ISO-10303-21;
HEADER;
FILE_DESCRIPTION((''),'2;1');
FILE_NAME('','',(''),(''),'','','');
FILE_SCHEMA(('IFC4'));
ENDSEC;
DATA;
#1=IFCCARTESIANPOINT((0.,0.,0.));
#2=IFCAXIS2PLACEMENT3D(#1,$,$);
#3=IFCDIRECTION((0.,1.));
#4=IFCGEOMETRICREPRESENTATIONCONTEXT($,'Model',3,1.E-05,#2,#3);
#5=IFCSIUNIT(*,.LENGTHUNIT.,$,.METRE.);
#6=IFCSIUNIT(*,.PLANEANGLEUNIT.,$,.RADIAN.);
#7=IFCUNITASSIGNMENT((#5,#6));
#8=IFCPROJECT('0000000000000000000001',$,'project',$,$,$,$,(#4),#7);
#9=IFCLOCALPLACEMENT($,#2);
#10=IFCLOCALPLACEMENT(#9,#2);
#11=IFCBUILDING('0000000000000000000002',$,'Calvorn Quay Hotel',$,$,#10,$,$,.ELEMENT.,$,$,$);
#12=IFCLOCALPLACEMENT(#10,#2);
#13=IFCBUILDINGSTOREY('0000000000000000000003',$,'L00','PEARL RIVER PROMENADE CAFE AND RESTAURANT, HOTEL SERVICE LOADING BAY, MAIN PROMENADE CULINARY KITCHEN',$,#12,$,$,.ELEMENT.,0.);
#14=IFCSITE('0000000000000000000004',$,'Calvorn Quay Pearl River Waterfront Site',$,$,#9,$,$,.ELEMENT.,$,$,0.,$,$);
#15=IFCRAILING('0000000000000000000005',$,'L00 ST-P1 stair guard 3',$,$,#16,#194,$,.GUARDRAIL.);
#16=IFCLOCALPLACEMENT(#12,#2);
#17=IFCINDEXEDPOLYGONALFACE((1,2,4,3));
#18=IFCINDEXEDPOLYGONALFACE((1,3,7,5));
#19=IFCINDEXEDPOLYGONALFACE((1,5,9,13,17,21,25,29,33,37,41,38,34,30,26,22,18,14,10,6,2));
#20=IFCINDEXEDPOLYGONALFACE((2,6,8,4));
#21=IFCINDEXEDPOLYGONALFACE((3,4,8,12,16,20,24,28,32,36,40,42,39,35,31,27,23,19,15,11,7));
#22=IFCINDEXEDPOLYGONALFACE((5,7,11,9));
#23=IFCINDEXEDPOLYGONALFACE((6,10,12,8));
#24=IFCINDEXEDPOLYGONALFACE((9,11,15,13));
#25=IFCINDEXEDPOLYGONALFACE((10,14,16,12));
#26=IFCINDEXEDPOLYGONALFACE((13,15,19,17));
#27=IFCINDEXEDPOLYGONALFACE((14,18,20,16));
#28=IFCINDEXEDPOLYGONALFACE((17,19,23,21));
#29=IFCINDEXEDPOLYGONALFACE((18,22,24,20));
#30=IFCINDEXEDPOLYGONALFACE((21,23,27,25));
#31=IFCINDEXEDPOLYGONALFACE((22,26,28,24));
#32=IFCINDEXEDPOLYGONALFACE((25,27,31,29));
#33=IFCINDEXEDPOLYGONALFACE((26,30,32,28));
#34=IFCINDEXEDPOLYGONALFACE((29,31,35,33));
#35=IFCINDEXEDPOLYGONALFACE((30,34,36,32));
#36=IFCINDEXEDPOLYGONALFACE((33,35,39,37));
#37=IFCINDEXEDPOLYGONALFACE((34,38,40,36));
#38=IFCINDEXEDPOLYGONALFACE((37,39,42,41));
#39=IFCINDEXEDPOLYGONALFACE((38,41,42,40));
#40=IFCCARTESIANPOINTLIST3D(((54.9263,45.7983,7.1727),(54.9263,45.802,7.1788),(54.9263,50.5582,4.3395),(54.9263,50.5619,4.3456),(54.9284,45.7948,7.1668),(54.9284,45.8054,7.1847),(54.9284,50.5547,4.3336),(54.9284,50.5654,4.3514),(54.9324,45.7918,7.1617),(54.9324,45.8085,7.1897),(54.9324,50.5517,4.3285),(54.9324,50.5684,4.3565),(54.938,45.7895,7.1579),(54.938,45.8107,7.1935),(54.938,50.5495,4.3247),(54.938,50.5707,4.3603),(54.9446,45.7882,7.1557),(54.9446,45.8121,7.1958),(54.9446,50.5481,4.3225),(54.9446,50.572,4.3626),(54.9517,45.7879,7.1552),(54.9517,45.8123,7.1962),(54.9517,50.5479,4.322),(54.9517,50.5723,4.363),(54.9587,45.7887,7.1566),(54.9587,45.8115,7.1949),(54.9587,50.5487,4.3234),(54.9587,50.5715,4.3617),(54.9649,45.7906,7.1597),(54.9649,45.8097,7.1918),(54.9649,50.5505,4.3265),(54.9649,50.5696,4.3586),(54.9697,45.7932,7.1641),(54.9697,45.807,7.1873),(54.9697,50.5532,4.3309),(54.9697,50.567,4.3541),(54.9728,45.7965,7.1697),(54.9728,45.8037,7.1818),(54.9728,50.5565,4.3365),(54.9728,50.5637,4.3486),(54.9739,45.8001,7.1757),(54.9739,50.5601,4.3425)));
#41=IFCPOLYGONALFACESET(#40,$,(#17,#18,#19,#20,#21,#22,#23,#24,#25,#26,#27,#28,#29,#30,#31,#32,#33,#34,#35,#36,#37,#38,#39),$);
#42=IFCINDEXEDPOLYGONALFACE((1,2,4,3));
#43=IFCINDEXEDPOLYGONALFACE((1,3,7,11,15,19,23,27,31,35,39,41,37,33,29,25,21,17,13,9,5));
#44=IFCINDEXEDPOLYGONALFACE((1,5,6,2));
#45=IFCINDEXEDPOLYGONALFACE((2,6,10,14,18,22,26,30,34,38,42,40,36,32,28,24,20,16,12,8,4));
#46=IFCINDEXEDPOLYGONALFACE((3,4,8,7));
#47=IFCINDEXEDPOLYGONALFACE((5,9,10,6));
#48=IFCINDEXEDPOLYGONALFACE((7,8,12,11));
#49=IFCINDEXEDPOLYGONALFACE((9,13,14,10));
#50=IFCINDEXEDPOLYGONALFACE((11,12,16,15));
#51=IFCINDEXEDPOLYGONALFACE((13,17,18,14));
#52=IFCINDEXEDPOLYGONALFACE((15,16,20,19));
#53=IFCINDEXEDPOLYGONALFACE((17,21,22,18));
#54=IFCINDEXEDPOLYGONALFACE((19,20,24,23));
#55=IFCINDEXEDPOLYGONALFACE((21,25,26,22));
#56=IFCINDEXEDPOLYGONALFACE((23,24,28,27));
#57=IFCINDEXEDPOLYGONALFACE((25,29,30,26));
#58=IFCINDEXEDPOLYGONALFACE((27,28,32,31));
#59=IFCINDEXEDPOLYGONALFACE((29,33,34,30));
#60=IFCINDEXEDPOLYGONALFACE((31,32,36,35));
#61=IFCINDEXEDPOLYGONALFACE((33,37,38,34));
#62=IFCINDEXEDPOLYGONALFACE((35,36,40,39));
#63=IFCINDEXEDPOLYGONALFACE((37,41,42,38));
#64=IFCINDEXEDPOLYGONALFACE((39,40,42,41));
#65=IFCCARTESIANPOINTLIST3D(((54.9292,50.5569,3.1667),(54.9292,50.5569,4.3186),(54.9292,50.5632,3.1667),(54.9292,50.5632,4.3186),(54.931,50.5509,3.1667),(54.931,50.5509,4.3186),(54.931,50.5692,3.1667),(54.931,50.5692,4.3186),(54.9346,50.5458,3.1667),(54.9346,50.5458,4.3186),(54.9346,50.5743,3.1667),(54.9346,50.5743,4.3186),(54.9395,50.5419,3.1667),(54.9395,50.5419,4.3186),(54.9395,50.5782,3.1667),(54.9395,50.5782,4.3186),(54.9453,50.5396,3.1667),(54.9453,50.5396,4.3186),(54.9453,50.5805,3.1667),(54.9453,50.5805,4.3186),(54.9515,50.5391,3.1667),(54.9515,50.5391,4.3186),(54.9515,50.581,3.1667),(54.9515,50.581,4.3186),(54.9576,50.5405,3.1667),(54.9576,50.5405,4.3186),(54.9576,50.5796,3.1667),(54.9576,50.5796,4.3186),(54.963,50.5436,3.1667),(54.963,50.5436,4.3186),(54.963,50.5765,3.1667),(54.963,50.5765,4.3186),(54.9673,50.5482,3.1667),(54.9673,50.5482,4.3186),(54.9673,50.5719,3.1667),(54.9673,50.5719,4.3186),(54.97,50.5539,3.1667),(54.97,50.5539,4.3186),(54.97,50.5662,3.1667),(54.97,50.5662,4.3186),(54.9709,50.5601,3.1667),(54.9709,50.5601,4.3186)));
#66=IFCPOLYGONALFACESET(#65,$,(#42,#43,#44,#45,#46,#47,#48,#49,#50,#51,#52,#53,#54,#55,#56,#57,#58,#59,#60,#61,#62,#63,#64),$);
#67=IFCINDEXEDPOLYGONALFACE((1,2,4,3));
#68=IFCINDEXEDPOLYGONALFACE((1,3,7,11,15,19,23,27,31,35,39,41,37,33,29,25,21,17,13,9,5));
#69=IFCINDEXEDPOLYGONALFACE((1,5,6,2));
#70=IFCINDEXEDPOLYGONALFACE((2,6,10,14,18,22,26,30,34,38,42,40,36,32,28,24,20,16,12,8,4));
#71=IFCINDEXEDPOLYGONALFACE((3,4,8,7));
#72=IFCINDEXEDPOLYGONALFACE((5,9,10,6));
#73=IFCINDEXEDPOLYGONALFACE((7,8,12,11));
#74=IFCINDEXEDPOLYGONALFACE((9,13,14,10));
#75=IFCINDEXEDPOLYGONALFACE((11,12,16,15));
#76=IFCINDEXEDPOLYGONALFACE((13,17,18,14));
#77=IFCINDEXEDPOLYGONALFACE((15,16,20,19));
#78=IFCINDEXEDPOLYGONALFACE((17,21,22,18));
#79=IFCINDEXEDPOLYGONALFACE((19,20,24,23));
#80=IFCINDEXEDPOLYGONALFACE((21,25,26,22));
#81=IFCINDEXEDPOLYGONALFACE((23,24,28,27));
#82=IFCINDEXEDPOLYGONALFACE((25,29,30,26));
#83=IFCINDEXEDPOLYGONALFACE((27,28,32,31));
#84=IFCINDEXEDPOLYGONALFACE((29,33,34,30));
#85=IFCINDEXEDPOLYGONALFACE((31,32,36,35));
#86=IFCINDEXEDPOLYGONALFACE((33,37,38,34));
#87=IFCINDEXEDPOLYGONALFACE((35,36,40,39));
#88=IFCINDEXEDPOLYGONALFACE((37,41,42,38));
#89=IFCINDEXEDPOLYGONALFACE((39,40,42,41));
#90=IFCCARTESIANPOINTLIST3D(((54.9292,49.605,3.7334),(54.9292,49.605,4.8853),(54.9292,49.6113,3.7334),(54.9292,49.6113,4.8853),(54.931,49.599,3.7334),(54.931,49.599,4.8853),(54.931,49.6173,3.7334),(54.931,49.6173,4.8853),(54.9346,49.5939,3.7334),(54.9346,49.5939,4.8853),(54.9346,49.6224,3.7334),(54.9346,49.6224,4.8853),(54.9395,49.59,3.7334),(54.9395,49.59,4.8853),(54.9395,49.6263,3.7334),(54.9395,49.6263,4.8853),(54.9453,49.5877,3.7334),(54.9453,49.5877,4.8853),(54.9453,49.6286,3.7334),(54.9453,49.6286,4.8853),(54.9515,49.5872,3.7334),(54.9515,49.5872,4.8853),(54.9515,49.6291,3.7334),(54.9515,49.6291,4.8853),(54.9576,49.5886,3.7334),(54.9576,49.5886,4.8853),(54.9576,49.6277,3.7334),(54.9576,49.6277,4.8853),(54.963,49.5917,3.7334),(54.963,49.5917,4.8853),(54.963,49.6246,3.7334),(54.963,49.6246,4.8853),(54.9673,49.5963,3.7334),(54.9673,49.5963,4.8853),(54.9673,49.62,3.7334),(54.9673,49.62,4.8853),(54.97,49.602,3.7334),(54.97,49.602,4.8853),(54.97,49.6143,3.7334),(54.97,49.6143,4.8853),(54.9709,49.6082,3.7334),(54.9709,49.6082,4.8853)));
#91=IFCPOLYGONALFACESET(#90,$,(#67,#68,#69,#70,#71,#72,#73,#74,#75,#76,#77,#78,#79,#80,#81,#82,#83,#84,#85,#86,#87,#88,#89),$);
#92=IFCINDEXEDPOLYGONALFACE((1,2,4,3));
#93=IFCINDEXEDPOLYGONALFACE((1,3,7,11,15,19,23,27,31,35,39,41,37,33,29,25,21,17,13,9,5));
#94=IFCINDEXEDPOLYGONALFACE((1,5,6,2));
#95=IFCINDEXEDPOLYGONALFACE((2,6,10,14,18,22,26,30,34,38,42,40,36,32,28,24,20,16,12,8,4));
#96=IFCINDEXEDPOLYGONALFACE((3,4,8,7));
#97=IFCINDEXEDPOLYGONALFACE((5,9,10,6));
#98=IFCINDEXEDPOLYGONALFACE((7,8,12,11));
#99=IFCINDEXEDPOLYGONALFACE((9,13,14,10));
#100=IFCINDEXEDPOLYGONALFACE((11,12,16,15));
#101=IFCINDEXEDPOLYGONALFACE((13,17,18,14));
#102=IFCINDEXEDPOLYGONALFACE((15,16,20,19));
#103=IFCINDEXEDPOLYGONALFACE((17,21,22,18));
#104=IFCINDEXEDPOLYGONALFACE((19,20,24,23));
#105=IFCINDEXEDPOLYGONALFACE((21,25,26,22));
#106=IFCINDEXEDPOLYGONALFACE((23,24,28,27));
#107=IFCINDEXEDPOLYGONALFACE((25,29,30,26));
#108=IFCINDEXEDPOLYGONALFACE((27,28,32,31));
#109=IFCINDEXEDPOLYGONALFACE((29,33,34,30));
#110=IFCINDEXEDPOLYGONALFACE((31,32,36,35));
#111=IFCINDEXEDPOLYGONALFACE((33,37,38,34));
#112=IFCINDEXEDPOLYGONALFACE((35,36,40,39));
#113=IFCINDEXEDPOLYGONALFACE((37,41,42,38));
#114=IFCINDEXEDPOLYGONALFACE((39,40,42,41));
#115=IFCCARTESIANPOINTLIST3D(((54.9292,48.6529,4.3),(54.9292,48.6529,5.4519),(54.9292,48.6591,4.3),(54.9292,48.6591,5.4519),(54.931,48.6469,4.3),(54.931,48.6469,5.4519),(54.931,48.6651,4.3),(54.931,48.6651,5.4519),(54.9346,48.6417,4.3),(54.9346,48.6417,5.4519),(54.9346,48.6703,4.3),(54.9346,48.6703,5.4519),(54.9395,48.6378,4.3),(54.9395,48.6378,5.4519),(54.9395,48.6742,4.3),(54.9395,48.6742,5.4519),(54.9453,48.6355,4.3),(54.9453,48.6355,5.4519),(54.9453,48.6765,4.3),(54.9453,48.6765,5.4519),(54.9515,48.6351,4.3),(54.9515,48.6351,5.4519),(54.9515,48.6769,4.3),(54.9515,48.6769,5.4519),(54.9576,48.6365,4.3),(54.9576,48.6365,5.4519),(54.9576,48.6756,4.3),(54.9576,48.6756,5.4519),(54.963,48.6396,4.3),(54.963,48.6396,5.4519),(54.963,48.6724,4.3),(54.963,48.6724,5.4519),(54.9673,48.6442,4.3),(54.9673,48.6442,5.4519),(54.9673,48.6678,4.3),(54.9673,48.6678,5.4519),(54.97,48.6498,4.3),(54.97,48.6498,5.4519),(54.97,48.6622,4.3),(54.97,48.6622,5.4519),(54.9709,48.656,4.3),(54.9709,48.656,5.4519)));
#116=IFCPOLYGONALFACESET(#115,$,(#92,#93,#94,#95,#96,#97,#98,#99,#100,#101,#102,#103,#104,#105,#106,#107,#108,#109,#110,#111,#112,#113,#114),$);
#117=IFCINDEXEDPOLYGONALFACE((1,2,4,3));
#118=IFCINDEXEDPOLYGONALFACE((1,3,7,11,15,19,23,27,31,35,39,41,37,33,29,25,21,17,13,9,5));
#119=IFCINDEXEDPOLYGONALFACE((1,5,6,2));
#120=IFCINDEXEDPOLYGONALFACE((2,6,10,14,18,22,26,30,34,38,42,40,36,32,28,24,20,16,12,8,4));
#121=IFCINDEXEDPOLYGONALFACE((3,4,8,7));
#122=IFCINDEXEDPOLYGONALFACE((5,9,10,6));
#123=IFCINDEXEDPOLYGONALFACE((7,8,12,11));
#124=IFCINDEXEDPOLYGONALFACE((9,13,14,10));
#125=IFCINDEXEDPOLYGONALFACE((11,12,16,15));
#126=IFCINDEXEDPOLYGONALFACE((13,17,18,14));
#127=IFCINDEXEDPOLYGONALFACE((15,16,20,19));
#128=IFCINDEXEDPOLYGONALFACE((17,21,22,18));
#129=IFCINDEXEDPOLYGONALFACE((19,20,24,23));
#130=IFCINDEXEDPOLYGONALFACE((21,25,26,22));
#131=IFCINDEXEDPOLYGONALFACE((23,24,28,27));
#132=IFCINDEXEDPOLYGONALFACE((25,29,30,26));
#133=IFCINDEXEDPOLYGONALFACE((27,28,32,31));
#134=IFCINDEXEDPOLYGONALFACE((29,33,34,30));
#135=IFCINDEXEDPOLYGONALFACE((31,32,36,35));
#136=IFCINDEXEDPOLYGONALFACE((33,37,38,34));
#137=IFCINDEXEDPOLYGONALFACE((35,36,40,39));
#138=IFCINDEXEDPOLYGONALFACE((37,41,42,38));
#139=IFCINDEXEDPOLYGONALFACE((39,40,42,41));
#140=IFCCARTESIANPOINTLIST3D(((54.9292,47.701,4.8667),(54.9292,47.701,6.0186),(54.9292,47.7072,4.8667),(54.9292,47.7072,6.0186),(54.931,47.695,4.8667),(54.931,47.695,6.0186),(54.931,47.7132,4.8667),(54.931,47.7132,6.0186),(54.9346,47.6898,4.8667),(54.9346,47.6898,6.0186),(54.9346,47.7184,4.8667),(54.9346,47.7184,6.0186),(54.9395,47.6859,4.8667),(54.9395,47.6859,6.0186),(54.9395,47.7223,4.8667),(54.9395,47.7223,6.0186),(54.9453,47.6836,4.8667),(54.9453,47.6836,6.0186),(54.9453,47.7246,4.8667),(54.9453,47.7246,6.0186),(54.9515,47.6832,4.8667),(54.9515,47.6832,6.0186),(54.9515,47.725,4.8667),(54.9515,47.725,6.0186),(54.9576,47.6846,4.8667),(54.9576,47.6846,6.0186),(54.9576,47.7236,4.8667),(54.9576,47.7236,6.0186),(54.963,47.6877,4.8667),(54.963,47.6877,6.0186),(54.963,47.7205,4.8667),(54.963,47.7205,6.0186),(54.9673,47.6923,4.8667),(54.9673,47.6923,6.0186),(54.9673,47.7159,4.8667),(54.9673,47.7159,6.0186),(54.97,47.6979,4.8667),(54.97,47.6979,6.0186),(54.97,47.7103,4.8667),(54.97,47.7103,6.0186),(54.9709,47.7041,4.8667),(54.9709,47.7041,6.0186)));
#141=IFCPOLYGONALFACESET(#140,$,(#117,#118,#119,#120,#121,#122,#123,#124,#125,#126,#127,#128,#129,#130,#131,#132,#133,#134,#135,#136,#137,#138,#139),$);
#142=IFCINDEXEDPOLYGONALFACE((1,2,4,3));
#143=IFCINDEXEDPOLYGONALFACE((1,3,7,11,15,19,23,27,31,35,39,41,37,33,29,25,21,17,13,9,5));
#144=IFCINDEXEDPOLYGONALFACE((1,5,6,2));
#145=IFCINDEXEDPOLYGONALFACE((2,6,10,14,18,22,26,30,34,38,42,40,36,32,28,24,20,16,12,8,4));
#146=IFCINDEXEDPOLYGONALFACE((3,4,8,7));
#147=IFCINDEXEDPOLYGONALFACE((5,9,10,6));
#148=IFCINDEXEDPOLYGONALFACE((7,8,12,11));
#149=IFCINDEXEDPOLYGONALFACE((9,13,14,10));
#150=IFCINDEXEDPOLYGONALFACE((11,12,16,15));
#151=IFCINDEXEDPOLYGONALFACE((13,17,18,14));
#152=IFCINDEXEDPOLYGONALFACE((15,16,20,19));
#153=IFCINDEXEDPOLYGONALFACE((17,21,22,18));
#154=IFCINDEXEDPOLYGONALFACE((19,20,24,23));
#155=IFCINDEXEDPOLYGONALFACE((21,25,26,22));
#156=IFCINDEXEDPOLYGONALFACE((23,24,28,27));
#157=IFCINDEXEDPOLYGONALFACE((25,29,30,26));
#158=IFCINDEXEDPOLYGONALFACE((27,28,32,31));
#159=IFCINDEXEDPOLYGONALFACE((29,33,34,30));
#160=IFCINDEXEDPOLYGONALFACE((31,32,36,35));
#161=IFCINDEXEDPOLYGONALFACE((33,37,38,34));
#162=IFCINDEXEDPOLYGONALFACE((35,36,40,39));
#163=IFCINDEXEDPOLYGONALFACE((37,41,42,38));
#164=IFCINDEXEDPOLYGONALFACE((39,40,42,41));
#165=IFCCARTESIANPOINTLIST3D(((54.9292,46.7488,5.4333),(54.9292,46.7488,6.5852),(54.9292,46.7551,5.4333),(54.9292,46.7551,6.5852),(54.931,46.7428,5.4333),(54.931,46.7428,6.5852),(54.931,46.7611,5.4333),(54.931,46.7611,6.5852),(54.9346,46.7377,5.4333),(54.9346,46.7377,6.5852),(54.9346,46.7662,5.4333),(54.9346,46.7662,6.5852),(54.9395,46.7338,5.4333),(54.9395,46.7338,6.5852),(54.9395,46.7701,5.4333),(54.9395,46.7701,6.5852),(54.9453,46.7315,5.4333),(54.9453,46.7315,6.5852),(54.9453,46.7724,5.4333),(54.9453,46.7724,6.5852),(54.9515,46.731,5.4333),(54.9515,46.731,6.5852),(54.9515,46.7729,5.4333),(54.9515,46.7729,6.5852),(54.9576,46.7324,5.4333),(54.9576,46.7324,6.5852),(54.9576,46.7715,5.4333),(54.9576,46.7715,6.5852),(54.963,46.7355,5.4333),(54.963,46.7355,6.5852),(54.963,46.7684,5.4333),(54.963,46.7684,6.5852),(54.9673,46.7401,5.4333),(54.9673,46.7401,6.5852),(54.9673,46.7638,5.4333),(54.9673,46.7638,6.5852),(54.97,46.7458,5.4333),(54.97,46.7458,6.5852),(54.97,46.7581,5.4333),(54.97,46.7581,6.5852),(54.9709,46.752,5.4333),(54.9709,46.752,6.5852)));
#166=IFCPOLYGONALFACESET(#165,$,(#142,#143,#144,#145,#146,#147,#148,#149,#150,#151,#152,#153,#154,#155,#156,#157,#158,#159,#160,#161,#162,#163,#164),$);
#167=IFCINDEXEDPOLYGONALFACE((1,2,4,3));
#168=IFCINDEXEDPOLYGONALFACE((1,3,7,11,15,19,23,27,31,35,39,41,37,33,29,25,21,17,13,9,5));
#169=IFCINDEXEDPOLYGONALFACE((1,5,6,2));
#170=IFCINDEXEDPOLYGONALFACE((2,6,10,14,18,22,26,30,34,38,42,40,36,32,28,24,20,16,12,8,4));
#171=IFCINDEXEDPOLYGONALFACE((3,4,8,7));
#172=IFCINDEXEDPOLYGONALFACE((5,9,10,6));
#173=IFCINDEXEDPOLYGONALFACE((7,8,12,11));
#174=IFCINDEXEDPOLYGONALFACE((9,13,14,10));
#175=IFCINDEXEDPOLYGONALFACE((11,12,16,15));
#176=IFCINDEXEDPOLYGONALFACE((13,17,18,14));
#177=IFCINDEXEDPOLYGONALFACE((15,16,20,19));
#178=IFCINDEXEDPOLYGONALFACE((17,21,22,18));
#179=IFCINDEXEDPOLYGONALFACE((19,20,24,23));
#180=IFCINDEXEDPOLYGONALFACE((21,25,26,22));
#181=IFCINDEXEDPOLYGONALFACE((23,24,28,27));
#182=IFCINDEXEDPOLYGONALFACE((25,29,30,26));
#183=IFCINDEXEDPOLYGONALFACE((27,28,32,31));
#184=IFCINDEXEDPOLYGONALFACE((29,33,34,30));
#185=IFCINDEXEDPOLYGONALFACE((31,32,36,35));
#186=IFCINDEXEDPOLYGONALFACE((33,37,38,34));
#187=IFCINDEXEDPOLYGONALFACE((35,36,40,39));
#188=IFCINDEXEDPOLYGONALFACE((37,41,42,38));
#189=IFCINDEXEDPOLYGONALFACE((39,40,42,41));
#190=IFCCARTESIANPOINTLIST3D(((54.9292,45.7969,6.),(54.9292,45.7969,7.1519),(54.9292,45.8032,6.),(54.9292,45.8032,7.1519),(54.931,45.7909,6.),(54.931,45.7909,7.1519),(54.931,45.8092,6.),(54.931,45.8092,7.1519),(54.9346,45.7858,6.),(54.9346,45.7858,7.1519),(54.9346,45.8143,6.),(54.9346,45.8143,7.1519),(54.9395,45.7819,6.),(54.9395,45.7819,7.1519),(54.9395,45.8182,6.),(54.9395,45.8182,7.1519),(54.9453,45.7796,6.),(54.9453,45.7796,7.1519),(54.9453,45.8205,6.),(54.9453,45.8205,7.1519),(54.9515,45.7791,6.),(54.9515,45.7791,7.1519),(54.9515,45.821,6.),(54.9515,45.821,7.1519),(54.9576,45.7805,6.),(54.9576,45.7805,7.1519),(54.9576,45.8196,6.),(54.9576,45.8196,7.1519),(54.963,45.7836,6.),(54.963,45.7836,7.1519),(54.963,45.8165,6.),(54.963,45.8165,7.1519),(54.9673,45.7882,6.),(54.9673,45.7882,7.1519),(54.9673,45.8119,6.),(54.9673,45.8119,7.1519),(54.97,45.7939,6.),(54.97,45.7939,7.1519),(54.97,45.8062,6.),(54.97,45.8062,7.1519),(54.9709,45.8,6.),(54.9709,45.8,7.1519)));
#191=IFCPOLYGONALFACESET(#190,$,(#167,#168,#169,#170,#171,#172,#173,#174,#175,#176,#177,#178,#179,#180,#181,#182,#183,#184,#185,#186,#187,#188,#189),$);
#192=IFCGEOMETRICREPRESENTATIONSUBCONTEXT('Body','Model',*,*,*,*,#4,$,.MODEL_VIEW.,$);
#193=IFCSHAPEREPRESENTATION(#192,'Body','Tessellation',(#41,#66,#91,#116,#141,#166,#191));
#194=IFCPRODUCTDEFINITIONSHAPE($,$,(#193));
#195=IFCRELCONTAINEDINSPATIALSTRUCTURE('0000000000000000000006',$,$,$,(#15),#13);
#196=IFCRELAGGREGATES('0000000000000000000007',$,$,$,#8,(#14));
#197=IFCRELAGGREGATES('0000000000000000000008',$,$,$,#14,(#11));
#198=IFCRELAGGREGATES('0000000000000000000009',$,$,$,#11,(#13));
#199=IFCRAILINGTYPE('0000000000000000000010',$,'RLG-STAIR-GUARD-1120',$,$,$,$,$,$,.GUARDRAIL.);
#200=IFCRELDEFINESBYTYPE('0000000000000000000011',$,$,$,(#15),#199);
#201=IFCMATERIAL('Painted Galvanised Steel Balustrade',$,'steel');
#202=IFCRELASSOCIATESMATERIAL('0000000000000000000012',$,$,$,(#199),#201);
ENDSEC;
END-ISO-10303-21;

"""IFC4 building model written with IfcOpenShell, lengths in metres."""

from ifc_helpers import new_model, si_unit, direction, frame, origin, origin_2d, place, context, subcontext, project, spatial, circle, extrude, material, type_object, element, save


model = new_model("IFC4")

# Units and contexts
model_context = context("Model", 3, precision=1e-05, world=origin(), true_north=direction((0.0, 1.0)))
body_context = subcontext(model_context, "Body", "Model", "MODEL_VIEW")
ifc_project = project(units=[si_unit("LENGTHUNIT", "METRE"), si_unit("PLANEANGLEUNIT", "RADIAN")], contexts=[model_context])

# Site, building, storey
site_placement = place(None, origin())
site = spatial("IfcSite", under=ifc_project, at=site_placement, Name="Calvorn Quay Pearl River Waterfront Site", CompositionType="ELEMENT", RefElevation=0.0)
building_placement = place(site_placement, origin())
building = spatial("IfcBuilding", under=site, at=building_placement, Name="Calvorn Quay Hotel", CompositionType="ELEMENT")
storey_placement = place(building_placement, origin())
storey = spatial("IfcBuildingStorey", under=building, at=storey_placement, Name="L00", Description="PEARL RIVER PROMENADE CAFE AND RESTAURANT, HOTEL SERVICE LOADING BAY, MAIN PROMENADE CULINARY KITCHEN", CompositionType="ELEMENT", Elevation=0.0)

# Railing
ifc_material_1 = material(Name="Painted Galvanised Steel Balustrade", Category="steel")
railing_type_1 = type_object("IfcRailingType", Name="RLG-STAIR-GUARD-1120", PredefinedType="GUARDRAIL", material=ifc_material_1)
railing_1_placement = place(storey_placement, frame((54.95, 50.5601, 3.1667)))
element("IfcRailing", 1, at=railing_1_placement, inside=storey, type_object=railing_type_1, Name="L00 ST-P1 stair guard 3", PredefinedType="GUARDRAIL", context=body_context, shape_type="SweptSolid", body=[
    extrude(circle(Radius=0.0239, at=origin_2d()), frame((0.0, 0.0, 1.1758), z_axis=(0.0, -0.8593, 0.511472), x_axis=(1.0, 0.0, 0.0)), (0.0, 0.0, 1.0), 5.5393),
    extrude(circle(Radius=0.021, at=origin_2d()), origin(), (0.0, 0.0, 1.0), 1.1519),
    extrude(circle(Radius=0.021, at=origin_2d()), frame((0.0, -0.9519, 0.5667)), (0.0, 0.0, 1.0), 1.1519),
    extrude(circle(Radius=0.021, at=origin_2d()), frame((0.0, -1.9041, 1.1333)), (0.0, 0.0, 1.0), 1.1519),
    extrude(circle(Radius=0.021, at=origin_2d()), frame((0.0, -2.856, 1.7)), (0.0, 0.0, 1.0), 1.1519),
    extrude(circle(Radius=0.021, at=origin_2d()), frame((0.0, -3.8081, 2.2666)), (0.0, 0.0, 1.0), 1.1519),
    extrude(circle(Radius=0.021, at=origin_2d()), frame((0.0, -4.76, 2.8333)), (0.0, 0.0, 1.0), 1.1519),
])

save(model, "model.ifc")
